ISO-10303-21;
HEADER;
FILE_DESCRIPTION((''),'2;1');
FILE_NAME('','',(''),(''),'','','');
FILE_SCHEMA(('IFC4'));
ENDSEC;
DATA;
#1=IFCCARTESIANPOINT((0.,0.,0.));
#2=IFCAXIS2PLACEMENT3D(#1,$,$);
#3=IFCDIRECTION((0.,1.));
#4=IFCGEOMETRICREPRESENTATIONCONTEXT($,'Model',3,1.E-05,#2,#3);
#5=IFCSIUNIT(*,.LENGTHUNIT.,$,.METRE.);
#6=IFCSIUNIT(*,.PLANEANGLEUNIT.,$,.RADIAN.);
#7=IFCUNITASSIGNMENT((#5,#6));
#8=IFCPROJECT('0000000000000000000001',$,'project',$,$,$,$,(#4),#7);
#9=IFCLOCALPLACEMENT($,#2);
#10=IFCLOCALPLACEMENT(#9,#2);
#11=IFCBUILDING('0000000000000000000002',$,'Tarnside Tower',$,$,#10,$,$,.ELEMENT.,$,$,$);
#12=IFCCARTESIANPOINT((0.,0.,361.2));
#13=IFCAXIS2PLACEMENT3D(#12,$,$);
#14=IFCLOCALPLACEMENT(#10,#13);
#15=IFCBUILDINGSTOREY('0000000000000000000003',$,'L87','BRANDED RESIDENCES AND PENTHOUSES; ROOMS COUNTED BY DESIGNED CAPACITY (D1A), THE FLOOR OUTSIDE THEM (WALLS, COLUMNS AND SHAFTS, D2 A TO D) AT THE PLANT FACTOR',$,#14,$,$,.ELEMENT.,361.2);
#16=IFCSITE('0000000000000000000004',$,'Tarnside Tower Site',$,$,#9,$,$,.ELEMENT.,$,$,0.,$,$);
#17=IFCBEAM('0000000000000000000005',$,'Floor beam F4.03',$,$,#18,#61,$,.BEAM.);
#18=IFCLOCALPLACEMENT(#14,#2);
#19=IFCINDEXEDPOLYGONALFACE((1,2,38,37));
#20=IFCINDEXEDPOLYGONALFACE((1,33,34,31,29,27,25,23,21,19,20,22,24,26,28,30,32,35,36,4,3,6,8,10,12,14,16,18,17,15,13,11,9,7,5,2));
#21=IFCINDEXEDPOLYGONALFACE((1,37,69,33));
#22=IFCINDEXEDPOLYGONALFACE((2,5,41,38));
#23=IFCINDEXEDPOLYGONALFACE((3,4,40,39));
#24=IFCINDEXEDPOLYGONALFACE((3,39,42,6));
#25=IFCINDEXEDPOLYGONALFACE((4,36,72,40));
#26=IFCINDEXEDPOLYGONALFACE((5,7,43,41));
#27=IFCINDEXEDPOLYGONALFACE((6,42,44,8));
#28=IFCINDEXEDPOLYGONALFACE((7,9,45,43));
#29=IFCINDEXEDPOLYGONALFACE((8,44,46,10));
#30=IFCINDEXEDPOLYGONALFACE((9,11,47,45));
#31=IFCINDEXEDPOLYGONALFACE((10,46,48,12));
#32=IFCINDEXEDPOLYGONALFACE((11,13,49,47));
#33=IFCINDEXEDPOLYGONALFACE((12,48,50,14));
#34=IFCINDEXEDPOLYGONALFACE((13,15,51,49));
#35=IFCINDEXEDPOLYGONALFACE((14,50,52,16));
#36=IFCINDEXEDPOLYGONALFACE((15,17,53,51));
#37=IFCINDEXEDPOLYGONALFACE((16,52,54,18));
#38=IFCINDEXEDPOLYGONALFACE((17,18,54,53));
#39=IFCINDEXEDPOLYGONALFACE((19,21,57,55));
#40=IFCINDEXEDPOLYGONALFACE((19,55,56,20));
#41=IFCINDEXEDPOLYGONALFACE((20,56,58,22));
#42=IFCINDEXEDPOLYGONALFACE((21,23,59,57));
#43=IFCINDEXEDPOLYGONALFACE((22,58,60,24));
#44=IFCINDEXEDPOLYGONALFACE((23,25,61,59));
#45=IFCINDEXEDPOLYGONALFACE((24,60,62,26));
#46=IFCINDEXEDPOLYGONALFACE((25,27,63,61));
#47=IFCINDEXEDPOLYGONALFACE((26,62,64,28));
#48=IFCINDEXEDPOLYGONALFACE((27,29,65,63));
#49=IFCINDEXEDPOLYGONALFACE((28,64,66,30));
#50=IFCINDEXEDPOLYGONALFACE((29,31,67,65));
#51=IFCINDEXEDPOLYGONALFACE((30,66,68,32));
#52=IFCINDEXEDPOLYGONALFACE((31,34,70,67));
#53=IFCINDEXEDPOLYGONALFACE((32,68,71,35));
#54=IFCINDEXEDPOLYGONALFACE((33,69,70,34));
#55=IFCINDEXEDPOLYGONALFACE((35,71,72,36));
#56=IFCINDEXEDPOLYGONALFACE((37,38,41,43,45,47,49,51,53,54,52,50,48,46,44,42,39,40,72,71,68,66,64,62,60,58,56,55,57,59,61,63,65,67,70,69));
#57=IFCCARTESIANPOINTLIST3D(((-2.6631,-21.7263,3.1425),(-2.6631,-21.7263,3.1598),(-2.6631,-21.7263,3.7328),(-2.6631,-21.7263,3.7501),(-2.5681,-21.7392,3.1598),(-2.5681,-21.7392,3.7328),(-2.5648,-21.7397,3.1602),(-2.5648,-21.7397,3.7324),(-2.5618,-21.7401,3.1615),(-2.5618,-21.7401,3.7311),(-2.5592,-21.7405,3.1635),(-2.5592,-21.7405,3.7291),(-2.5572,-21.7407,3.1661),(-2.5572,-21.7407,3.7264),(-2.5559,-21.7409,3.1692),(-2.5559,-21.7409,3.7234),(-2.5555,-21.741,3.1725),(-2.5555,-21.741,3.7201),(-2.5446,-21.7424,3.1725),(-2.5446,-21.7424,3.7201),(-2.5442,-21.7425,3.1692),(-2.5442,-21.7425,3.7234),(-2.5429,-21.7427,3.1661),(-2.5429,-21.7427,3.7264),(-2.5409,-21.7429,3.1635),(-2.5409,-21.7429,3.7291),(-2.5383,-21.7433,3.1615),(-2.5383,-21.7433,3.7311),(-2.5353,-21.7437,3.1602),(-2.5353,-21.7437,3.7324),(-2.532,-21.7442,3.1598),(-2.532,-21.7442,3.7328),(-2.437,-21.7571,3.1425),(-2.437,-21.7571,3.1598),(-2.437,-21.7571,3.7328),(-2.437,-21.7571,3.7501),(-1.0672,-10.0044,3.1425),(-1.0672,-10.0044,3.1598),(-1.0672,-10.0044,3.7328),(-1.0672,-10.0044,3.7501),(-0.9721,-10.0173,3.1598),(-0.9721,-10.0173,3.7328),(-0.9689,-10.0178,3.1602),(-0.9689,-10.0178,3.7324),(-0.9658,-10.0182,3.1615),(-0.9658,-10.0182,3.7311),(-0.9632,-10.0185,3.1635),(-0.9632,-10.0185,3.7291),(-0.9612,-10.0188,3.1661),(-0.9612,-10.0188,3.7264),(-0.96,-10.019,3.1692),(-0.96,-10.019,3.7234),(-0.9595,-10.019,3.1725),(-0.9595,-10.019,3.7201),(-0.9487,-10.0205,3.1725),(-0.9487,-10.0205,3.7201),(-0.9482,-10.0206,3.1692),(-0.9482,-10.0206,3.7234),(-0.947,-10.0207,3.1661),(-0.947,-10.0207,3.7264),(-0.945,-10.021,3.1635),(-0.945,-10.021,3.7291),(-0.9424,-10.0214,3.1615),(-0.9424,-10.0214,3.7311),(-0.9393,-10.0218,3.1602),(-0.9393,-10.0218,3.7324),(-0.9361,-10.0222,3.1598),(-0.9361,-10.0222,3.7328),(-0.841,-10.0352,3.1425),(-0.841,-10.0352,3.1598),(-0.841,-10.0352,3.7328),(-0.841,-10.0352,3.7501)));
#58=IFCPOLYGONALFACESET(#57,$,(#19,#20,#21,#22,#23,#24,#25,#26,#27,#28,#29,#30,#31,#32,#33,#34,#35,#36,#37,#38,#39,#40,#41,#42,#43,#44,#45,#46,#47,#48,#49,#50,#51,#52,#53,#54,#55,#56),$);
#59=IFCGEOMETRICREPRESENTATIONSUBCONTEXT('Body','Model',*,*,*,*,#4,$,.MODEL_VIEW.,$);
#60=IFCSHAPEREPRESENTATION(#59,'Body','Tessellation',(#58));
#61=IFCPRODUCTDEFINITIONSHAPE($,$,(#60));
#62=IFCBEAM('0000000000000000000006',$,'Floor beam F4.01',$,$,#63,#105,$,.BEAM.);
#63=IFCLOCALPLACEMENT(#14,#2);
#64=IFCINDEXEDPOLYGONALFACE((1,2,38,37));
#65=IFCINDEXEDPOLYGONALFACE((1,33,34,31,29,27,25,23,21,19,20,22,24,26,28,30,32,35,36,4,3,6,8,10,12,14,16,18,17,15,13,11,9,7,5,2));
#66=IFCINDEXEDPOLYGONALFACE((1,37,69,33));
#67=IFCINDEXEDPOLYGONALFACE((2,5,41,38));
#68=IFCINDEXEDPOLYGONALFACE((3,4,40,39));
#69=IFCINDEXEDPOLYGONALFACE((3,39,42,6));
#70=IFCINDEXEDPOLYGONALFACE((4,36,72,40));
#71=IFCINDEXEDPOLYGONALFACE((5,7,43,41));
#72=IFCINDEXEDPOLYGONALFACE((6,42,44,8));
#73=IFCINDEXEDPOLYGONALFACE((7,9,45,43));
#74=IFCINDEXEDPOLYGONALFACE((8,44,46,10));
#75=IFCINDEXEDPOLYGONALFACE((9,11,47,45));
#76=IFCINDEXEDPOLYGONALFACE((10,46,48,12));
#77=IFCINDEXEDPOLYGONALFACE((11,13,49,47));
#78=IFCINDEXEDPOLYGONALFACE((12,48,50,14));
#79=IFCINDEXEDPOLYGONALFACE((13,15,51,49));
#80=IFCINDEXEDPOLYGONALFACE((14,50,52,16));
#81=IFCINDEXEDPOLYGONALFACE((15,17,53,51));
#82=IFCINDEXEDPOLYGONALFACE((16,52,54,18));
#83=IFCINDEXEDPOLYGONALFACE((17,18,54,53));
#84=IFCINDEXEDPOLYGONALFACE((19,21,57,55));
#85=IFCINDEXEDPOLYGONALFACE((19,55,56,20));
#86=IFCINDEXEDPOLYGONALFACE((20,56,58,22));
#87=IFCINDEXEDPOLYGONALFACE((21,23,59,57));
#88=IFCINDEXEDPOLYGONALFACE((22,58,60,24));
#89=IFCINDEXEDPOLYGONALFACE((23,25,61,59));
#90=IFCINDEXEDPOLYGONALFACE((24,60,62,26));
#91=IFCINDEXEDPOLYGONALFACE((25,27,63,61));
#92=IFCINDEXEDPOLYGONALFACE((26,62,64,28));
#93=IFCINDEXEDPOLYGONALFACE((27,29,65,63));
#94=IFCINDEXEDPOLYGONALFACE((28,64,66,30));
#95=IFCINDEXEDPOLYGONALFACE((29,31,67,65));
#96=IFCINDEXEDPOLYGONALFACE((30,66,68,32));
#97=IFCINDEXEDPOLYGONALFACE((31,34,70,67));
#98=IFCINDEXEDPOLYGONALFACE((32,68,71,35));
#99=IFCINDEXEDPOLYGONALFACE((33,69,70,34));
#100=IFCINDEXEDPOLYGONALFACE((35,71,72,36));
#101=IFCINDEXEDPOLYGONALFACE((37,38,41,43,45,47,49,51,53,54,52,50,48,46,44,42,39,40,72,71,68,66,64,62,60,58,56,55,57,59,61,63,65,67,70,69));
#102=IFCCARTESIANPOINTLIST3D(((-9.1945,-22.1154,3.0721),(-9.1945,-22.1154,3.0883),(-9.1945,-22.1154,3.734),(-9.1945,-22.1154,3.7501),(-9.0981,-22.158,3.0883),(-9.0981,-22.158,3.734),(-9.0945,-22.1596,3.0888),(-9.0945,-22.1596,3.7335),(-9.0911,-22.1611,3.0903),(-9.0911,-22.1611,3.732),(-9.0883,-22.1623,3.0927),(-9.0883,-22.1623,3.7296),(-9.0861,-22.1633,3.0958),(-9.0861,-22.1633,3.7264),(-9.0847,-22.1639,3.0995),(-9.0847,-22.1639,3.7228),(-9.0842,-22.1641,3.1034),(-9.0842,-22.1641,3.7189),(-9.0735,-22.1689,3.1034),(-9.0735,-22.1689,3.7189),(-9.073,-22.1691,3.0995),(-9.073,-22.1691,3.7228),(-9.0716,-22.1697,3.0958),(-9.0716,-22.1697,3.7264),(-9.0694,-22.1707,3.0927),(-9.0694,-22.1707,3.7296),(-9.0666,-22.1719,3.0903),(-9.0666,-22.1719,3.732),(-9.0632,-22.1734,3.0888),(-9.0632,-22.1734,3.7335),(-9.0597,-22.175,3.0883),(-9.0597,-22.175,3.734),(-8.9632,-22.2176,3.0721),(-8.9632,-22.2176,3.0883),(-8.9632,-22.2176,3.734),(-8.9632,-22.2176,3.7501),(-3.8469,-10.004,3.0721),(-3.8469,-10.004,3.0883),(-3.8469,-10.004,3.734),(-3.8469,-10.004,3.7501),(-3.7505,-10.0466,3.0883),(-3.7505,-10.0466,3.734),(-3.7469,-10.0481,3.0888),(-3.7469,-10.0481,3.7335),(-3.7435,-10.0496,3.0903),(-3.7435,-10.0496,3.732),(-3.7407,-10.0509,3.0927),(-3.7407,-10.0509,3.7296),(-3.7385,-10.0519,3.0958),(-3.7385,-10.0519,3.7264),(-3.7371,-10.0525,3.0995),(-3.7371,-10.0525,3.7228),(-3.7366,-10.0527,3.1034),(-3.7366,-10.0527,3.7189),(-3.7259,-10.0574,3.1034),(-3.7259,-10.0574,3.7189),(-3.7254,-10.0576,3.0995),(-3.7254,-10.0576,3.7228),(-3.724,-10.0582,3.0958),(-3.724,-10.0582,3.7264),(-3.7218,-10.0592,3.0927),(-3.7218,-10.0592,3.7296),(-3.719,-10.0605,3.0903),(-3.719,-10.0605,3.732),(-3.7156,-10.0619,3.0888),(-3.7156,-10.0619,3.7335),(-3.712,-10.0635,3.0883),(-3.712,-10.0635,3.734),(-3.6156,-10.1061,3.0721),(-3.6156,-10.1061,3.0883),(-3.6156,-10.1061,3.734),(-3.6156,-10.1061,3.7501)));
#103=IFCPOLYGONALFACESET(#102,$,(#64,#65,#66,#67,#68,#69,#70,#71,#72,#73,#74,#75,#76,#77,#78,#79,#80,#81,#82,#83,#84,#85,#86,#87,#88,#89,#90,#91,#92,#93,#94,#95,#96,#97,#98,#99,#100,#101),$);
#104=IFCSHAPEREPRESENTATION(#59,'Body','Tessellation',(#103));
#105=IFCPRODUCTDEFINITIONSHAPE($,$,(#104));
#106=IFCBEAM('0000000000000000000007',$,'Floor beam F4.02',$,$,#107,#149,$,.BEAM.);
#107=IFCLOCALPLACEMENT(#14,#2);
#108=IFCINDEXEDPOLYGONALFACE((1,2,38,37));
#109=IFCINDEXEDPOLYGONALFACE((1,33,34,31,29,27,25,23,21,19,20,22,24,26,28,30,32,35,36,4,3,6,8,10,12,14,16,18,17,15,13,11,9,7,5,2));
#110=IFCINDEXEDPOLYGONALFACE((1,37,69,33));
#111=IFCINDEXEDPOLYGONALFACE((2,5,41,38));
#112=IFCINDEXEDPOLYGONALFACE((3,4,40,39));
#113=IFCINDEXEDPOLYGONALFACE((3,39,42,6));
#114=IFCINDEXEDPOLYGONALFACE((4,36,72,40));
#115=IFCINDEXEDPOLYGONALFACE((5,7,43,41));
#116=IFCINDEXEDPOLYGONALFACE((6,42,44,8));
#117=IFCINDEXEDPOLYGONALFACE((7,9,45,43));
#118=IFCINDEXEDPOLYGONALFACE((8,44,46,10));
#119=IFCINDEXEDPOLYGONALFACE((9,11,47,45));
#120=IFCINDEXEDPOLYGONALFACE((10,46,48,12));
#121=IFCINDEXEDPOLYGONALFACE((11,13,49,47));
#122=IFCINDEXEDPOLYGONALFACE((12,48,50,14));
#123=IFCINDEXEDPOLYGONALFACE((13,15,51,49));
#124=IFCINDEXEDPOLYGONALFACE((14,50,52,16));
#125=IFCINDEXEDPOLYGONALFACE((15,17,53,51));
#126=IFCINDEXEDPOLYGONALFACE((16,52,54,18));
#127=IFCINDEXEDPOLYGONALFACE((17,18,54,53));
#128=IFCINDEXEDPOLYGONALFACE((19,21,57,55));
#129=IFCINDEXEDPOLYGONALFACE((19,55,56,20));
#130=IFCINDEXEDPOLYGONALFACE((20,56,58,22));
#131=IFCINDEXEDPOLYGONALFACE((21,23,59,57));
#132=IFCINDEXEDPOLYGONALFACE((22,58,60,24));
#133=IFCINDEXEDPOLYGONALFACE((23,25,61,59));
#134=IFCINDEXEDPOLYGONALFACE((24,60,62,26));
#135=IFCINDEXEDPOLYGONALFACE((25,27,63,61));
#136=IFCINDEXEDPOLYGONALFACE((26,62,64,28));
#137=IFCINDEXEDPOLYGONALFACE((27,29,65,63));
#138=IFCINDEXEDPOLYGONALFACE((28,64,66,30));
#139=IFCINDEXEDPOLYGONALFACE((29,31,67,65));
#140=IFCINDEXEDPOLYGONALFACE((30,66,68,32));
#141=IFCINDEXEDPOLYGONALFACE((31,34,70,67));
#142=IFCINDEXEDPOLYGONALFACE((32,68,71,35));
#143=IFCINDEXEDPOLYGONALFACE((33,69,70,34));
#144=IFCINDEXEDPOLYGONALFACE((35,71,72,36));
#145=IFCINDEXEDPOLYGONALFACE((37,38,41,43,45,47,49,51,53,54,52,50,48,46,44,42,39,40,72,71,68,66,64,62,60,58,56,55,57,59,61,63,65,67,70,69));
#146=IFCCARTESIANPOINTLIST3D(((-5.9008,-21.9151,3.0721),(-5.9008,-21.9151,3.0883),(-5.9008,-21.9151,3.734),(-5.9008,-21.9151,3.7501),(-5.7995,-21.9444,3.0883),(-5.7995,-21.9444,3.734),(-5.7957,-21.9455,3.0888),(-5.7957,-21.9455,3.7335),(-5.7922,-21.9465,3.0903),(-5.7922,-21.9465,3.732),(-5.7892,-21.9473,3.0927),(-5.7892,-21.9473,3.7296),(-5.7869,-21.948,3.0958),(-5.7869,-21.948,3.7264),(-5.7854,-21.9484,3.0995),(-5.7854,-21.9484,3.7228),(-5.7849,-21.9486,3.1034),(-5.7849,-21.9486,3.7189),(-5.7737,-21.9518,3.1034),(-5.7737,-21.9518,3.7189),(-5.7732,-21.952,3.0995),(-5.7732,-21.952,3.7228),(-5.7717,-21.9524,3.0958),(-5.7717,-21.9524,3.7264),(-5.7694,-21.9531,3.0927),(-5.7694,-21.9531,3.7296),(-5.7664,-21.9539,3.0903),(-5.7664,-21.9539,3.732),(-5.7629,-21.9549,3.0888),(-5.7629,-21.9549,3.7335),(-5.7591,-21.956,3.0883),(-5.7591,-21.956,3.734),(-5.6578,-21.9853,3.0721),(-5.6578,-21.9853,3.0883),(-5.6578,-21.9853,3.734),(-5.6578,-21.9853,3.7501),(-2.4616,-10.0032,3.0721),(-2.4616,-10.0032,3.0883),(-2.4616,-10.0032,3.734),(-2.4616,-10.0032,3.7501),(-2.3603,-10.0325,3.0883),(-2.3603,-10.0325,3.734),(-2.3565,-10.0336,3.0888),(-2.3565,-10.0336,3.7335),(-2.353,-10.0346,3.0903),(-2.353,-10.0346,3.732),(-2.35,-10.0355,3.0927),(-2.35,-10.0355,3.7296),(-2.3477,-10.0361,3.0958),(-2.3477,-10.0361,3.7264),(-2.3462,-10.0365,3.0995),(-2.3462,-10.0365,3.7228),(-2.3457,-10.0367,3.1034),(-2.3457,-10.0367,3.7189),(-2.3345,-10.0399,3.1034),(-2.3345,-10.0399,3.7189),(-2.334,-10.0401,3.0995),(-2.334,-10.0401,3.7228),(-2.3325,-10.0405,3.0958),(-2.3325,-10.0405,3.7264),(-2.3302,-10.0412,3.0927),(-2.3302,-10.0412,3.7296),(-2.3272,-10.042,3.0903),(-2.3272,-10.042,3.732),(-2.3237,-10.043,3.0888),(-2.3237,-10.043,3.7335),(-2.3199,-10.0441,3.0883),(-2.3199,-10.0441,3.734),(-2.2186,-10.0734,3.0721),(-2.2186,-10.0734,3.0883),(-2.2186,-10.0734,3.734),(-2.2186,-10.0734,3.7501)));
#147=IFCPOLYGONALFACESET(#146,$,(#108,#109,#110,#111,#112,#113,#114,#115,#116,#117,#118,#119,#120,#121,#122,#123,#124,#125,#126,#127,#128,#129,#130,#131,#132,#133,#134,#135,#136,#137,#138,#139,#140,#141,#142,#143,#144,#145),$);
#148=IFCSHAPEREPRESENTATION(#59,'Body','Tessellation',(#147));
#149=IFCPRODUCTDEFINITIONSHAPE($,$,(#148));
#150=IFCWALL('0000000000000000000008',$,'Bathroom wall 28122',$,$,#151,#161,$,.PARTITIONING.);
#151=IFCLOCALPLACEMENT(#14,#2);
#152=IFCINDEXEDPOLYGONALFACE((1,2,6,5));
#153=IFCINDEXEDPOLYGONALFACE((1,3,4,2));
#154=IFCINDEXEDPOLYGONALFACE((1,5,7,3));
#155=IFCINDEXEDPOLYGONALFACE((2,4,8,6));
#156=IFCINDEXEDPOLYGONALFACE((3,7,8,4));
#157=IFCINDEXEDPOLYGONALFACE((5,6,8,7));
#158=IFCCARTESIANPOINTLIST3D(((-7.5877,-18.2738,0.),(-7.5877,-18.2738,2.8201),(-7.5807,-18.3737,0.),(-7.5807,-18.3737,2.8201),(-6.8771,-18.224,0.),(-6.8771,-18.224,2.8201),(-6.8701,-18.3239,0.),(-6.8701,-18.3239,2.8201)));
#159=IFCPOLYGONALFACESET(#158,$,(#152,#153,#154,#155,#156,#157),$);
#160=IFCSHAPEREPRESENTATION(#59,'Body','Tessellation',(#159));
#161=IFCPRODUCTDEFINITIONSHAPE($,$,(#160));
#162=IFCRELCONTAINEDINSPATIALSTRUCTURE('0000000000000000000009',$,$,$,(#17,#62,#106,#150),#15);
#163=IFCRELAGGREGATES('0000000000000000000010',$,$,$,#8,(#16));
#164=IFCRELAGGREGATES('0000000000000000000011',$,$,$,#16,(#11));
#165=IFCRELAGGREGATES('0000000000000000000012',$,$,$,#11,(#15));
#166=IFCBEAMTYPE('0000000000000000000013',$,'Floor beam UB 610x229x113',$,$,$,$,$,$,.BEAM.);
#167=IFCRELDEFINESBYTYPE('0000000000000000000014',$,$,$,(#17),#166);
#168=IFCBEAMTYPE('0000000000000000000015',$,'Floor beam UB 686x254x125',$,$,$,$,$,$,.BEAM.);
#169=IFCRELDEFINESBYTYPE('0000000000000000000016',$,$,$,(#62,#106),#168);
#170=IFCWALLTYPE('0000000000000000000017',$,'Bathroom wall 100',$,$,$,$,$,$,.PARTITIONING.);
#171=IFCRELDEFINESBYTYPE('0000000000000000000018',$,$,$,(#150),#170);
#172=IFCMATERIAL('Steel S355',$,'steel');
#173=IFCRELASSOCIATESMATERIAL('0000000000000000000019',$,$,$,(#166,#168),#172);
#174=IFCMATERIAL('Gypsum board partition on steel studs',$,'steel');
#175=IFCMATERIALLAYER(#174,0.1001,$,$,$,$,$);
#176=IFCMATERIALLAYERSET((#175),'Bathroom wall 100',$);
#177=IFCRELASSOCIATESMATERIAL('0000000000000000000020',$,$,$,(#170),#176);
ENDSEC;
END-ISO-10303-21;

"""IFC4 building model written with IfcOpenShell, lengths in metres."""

from ifc_helpers import new_model, si_unit, direction, frame, frame_2d, origin, origin_2d, place, context, subcontext, project, spatial, rectangle, i_section, extrude, material, layer, layer_set, material_profile, profile_set, type_object, element, save


model = new_model("IFC4")

# Units and contexts
model_context = context("Model", 3, precision=1e-05, world=origin(), true_north=direction((0.0, 1.0)))
body_context = subcontext(model_context, "Body", "Model", "MODEL_VIEW")
ifc_project = project(units=[si_unit("LENGTHUNIT", "METRE"), si_unit("PLANEANGLEUNIT", "RADIAN")], contexts=[model_context])

# Site, building, storey
site_placement = place(None, origin())
site = spatial("IfcSite", under=ifc_project, at=site_placement, Name="Tarnside Tower Site", CompositionType="ELEMENT", RefElevation=0.0)
building_placement = place(site_placement, origin())
building = spatial("IfcBuilding", under=site, at=building_placement, Name="Tarnside Tower", CompositionType="ELEMENT")
storey_placement = place(building_placement, frame((0.0, 0.0, 361.2)))
storey = spatial("IfcBuildingStorey", under=building, at=storey_placement, Name="L87", Description="BRANDED RESIDENCES AND PENTHOUSES; ROOMS COUNTED BY DESIGNED CAPACITY (D1A), THE FLOOR OUTSIDE THEM (WALLS, COLUMNS AND SHAFTS, D2 A TO D) AT THE PLANT FACTOR", CompositionType="ELEMENT", Elevation=361.2)

# Beams
ifc_material_1 = material(Name="Steel S355", Category="steel")
ifc_material_profile_1 = material_profile(ifc_material_1, i_section(OverallWidth=0.2283, OverallDepth=0.6077, WebThickness=0.011, FlangeThickness=0.0173, FilletRadius=0.0127, at=origin_2d()), Name="UB 610x229x113")
ifc_profile_set_1 = profile_set([ifc_material_profile_1], Name="Steel S355")
beam_type_1 = type_object("IfcBeamType", Name="Floor beam UB 610x229x113", PredefinedType="BEAM", material=ifc_profile_set_1)
beam_1_placement = place(storey_placement, frame((-2.55, -21.7417, 3.4463), z_axis=(0.134906, 0.990858, 0.0), x_axis=(-0.990858, 0.134906, 0.0)))
element("IfcBeam", 1, at=beam_1_placement, inside=storey, type_object=beam_type_1, Name="Floor beam F4.03", PredefinedType="BEAM", context=body_context, shape_type="SweptSolid", body=[
    extrude(i_section(OverallWidth=0.2283, OverallDepth=0.6077, WebThickness=0.011, FlangeThickness=0.0173, FilletRadius=0.0127, at=origin_2d()), origin(), (0.0, 0.0, 1.0), 11.8301),
])
ifc_material_profile_2 = material_profile(ifc_material_1, i_section(OverallWidth=0.2529, OverallDepth=0.678, WebThickness=0.0117, FlangeThickness=0.0161, FilletRadius=0.0151, at=origin_2d()), Name="UB 686x254x125")
ifc_profile_set_2 = profile_set([ifc_material_profile_2], Name="Steel S355")
beam_type_2 = type_object("IfcBeamType", Name="Floor beam UB 686x254x125", PredefinedType="BEAM", material=ifc_profile_set_2)
beam_2_placement = place(storey_placement, frame((-9.0789, -22.1665, 3.4111), z_axis=(0.403913, 0.914797, 0.0), x_axis=(-0.914797, 0.403913, 0.0)))
element("IfcBeam", 2, at=beam_2_placement, inside=storey, type_object=beam_type_2, Name="Floor beam F4.01", PredefinedType="BEAM", context=body_context, shape_type="SweptSolid", body=[
    extrude(i_section(OverallWidth=0.2529, OverallDepth=0.678, WebThickness=0.0117, FlangeThickness=0.0161, FilletRadius=0.0151, at=origin_2d()), origin(), (0.0, 0.0, 1.0), 13.2395),
])
beam_3_placement = place(storey_placement, frame((-5.7793, -21.9502, 3.4111), z_axis=(0.277391, 0.960757, 0.0), x_axis=(-0.960757, 0.277391, 0.0)))
element("IfcBeam", 3, at=beam_3_placement, inside=storey, type_object=beam_type_2, Name="Floor beam F4.02", PredefinedType="BEAM", context=body_context, shape_type="SweptSolid", body=[
    extrude(i_section(OverallWidth=0.2529, OverallDepth=0.678, WebThickness=0.0117, FlangeThickness=0.0161, FilletRadius=0.0151, at=origin_2d()), origin(), (0.0, 0.0, 1.0), 12.3984),
])

# Wall
ifc_material_2 = material(Name="Gypsum board partition on steel studs", Category="steel")
ifc_layer_1 = layer(ifc_material_2, 0.1001)
ifc_layer_set_1 = layer_set([ifc_layer_1], Name="Bathroom wall 100")
wall_type_1 = type_object("IfcWallType", Name="Bathroom wall 100", PredefinedType="PARTITIONING", material=ifc_layer_set_1)
wall_1_placement = place(storey_placement, frame((-7.5842, -18.3237, 0.0), z_axis=(0.0, 0.0, 1.0), x_axis=(0.997553, 0.069908, 0.0)))
element("IfcWall", 4, at=wall_1_placement, inside=storey, type_object=wall_type_1, Name="Bathroom wall 28122", PredefinedType="PARTITIONING", context=body_context, shape_type="SweptSolid", body=[
    extrude(rectangle(XDim=0.7124, YDim=0.1001, at=frame_2d((0.3562, 0.0))), origin(), (0.0, 0.0, 1.0), 2.8201),
])

save(model, "model.ifc")
